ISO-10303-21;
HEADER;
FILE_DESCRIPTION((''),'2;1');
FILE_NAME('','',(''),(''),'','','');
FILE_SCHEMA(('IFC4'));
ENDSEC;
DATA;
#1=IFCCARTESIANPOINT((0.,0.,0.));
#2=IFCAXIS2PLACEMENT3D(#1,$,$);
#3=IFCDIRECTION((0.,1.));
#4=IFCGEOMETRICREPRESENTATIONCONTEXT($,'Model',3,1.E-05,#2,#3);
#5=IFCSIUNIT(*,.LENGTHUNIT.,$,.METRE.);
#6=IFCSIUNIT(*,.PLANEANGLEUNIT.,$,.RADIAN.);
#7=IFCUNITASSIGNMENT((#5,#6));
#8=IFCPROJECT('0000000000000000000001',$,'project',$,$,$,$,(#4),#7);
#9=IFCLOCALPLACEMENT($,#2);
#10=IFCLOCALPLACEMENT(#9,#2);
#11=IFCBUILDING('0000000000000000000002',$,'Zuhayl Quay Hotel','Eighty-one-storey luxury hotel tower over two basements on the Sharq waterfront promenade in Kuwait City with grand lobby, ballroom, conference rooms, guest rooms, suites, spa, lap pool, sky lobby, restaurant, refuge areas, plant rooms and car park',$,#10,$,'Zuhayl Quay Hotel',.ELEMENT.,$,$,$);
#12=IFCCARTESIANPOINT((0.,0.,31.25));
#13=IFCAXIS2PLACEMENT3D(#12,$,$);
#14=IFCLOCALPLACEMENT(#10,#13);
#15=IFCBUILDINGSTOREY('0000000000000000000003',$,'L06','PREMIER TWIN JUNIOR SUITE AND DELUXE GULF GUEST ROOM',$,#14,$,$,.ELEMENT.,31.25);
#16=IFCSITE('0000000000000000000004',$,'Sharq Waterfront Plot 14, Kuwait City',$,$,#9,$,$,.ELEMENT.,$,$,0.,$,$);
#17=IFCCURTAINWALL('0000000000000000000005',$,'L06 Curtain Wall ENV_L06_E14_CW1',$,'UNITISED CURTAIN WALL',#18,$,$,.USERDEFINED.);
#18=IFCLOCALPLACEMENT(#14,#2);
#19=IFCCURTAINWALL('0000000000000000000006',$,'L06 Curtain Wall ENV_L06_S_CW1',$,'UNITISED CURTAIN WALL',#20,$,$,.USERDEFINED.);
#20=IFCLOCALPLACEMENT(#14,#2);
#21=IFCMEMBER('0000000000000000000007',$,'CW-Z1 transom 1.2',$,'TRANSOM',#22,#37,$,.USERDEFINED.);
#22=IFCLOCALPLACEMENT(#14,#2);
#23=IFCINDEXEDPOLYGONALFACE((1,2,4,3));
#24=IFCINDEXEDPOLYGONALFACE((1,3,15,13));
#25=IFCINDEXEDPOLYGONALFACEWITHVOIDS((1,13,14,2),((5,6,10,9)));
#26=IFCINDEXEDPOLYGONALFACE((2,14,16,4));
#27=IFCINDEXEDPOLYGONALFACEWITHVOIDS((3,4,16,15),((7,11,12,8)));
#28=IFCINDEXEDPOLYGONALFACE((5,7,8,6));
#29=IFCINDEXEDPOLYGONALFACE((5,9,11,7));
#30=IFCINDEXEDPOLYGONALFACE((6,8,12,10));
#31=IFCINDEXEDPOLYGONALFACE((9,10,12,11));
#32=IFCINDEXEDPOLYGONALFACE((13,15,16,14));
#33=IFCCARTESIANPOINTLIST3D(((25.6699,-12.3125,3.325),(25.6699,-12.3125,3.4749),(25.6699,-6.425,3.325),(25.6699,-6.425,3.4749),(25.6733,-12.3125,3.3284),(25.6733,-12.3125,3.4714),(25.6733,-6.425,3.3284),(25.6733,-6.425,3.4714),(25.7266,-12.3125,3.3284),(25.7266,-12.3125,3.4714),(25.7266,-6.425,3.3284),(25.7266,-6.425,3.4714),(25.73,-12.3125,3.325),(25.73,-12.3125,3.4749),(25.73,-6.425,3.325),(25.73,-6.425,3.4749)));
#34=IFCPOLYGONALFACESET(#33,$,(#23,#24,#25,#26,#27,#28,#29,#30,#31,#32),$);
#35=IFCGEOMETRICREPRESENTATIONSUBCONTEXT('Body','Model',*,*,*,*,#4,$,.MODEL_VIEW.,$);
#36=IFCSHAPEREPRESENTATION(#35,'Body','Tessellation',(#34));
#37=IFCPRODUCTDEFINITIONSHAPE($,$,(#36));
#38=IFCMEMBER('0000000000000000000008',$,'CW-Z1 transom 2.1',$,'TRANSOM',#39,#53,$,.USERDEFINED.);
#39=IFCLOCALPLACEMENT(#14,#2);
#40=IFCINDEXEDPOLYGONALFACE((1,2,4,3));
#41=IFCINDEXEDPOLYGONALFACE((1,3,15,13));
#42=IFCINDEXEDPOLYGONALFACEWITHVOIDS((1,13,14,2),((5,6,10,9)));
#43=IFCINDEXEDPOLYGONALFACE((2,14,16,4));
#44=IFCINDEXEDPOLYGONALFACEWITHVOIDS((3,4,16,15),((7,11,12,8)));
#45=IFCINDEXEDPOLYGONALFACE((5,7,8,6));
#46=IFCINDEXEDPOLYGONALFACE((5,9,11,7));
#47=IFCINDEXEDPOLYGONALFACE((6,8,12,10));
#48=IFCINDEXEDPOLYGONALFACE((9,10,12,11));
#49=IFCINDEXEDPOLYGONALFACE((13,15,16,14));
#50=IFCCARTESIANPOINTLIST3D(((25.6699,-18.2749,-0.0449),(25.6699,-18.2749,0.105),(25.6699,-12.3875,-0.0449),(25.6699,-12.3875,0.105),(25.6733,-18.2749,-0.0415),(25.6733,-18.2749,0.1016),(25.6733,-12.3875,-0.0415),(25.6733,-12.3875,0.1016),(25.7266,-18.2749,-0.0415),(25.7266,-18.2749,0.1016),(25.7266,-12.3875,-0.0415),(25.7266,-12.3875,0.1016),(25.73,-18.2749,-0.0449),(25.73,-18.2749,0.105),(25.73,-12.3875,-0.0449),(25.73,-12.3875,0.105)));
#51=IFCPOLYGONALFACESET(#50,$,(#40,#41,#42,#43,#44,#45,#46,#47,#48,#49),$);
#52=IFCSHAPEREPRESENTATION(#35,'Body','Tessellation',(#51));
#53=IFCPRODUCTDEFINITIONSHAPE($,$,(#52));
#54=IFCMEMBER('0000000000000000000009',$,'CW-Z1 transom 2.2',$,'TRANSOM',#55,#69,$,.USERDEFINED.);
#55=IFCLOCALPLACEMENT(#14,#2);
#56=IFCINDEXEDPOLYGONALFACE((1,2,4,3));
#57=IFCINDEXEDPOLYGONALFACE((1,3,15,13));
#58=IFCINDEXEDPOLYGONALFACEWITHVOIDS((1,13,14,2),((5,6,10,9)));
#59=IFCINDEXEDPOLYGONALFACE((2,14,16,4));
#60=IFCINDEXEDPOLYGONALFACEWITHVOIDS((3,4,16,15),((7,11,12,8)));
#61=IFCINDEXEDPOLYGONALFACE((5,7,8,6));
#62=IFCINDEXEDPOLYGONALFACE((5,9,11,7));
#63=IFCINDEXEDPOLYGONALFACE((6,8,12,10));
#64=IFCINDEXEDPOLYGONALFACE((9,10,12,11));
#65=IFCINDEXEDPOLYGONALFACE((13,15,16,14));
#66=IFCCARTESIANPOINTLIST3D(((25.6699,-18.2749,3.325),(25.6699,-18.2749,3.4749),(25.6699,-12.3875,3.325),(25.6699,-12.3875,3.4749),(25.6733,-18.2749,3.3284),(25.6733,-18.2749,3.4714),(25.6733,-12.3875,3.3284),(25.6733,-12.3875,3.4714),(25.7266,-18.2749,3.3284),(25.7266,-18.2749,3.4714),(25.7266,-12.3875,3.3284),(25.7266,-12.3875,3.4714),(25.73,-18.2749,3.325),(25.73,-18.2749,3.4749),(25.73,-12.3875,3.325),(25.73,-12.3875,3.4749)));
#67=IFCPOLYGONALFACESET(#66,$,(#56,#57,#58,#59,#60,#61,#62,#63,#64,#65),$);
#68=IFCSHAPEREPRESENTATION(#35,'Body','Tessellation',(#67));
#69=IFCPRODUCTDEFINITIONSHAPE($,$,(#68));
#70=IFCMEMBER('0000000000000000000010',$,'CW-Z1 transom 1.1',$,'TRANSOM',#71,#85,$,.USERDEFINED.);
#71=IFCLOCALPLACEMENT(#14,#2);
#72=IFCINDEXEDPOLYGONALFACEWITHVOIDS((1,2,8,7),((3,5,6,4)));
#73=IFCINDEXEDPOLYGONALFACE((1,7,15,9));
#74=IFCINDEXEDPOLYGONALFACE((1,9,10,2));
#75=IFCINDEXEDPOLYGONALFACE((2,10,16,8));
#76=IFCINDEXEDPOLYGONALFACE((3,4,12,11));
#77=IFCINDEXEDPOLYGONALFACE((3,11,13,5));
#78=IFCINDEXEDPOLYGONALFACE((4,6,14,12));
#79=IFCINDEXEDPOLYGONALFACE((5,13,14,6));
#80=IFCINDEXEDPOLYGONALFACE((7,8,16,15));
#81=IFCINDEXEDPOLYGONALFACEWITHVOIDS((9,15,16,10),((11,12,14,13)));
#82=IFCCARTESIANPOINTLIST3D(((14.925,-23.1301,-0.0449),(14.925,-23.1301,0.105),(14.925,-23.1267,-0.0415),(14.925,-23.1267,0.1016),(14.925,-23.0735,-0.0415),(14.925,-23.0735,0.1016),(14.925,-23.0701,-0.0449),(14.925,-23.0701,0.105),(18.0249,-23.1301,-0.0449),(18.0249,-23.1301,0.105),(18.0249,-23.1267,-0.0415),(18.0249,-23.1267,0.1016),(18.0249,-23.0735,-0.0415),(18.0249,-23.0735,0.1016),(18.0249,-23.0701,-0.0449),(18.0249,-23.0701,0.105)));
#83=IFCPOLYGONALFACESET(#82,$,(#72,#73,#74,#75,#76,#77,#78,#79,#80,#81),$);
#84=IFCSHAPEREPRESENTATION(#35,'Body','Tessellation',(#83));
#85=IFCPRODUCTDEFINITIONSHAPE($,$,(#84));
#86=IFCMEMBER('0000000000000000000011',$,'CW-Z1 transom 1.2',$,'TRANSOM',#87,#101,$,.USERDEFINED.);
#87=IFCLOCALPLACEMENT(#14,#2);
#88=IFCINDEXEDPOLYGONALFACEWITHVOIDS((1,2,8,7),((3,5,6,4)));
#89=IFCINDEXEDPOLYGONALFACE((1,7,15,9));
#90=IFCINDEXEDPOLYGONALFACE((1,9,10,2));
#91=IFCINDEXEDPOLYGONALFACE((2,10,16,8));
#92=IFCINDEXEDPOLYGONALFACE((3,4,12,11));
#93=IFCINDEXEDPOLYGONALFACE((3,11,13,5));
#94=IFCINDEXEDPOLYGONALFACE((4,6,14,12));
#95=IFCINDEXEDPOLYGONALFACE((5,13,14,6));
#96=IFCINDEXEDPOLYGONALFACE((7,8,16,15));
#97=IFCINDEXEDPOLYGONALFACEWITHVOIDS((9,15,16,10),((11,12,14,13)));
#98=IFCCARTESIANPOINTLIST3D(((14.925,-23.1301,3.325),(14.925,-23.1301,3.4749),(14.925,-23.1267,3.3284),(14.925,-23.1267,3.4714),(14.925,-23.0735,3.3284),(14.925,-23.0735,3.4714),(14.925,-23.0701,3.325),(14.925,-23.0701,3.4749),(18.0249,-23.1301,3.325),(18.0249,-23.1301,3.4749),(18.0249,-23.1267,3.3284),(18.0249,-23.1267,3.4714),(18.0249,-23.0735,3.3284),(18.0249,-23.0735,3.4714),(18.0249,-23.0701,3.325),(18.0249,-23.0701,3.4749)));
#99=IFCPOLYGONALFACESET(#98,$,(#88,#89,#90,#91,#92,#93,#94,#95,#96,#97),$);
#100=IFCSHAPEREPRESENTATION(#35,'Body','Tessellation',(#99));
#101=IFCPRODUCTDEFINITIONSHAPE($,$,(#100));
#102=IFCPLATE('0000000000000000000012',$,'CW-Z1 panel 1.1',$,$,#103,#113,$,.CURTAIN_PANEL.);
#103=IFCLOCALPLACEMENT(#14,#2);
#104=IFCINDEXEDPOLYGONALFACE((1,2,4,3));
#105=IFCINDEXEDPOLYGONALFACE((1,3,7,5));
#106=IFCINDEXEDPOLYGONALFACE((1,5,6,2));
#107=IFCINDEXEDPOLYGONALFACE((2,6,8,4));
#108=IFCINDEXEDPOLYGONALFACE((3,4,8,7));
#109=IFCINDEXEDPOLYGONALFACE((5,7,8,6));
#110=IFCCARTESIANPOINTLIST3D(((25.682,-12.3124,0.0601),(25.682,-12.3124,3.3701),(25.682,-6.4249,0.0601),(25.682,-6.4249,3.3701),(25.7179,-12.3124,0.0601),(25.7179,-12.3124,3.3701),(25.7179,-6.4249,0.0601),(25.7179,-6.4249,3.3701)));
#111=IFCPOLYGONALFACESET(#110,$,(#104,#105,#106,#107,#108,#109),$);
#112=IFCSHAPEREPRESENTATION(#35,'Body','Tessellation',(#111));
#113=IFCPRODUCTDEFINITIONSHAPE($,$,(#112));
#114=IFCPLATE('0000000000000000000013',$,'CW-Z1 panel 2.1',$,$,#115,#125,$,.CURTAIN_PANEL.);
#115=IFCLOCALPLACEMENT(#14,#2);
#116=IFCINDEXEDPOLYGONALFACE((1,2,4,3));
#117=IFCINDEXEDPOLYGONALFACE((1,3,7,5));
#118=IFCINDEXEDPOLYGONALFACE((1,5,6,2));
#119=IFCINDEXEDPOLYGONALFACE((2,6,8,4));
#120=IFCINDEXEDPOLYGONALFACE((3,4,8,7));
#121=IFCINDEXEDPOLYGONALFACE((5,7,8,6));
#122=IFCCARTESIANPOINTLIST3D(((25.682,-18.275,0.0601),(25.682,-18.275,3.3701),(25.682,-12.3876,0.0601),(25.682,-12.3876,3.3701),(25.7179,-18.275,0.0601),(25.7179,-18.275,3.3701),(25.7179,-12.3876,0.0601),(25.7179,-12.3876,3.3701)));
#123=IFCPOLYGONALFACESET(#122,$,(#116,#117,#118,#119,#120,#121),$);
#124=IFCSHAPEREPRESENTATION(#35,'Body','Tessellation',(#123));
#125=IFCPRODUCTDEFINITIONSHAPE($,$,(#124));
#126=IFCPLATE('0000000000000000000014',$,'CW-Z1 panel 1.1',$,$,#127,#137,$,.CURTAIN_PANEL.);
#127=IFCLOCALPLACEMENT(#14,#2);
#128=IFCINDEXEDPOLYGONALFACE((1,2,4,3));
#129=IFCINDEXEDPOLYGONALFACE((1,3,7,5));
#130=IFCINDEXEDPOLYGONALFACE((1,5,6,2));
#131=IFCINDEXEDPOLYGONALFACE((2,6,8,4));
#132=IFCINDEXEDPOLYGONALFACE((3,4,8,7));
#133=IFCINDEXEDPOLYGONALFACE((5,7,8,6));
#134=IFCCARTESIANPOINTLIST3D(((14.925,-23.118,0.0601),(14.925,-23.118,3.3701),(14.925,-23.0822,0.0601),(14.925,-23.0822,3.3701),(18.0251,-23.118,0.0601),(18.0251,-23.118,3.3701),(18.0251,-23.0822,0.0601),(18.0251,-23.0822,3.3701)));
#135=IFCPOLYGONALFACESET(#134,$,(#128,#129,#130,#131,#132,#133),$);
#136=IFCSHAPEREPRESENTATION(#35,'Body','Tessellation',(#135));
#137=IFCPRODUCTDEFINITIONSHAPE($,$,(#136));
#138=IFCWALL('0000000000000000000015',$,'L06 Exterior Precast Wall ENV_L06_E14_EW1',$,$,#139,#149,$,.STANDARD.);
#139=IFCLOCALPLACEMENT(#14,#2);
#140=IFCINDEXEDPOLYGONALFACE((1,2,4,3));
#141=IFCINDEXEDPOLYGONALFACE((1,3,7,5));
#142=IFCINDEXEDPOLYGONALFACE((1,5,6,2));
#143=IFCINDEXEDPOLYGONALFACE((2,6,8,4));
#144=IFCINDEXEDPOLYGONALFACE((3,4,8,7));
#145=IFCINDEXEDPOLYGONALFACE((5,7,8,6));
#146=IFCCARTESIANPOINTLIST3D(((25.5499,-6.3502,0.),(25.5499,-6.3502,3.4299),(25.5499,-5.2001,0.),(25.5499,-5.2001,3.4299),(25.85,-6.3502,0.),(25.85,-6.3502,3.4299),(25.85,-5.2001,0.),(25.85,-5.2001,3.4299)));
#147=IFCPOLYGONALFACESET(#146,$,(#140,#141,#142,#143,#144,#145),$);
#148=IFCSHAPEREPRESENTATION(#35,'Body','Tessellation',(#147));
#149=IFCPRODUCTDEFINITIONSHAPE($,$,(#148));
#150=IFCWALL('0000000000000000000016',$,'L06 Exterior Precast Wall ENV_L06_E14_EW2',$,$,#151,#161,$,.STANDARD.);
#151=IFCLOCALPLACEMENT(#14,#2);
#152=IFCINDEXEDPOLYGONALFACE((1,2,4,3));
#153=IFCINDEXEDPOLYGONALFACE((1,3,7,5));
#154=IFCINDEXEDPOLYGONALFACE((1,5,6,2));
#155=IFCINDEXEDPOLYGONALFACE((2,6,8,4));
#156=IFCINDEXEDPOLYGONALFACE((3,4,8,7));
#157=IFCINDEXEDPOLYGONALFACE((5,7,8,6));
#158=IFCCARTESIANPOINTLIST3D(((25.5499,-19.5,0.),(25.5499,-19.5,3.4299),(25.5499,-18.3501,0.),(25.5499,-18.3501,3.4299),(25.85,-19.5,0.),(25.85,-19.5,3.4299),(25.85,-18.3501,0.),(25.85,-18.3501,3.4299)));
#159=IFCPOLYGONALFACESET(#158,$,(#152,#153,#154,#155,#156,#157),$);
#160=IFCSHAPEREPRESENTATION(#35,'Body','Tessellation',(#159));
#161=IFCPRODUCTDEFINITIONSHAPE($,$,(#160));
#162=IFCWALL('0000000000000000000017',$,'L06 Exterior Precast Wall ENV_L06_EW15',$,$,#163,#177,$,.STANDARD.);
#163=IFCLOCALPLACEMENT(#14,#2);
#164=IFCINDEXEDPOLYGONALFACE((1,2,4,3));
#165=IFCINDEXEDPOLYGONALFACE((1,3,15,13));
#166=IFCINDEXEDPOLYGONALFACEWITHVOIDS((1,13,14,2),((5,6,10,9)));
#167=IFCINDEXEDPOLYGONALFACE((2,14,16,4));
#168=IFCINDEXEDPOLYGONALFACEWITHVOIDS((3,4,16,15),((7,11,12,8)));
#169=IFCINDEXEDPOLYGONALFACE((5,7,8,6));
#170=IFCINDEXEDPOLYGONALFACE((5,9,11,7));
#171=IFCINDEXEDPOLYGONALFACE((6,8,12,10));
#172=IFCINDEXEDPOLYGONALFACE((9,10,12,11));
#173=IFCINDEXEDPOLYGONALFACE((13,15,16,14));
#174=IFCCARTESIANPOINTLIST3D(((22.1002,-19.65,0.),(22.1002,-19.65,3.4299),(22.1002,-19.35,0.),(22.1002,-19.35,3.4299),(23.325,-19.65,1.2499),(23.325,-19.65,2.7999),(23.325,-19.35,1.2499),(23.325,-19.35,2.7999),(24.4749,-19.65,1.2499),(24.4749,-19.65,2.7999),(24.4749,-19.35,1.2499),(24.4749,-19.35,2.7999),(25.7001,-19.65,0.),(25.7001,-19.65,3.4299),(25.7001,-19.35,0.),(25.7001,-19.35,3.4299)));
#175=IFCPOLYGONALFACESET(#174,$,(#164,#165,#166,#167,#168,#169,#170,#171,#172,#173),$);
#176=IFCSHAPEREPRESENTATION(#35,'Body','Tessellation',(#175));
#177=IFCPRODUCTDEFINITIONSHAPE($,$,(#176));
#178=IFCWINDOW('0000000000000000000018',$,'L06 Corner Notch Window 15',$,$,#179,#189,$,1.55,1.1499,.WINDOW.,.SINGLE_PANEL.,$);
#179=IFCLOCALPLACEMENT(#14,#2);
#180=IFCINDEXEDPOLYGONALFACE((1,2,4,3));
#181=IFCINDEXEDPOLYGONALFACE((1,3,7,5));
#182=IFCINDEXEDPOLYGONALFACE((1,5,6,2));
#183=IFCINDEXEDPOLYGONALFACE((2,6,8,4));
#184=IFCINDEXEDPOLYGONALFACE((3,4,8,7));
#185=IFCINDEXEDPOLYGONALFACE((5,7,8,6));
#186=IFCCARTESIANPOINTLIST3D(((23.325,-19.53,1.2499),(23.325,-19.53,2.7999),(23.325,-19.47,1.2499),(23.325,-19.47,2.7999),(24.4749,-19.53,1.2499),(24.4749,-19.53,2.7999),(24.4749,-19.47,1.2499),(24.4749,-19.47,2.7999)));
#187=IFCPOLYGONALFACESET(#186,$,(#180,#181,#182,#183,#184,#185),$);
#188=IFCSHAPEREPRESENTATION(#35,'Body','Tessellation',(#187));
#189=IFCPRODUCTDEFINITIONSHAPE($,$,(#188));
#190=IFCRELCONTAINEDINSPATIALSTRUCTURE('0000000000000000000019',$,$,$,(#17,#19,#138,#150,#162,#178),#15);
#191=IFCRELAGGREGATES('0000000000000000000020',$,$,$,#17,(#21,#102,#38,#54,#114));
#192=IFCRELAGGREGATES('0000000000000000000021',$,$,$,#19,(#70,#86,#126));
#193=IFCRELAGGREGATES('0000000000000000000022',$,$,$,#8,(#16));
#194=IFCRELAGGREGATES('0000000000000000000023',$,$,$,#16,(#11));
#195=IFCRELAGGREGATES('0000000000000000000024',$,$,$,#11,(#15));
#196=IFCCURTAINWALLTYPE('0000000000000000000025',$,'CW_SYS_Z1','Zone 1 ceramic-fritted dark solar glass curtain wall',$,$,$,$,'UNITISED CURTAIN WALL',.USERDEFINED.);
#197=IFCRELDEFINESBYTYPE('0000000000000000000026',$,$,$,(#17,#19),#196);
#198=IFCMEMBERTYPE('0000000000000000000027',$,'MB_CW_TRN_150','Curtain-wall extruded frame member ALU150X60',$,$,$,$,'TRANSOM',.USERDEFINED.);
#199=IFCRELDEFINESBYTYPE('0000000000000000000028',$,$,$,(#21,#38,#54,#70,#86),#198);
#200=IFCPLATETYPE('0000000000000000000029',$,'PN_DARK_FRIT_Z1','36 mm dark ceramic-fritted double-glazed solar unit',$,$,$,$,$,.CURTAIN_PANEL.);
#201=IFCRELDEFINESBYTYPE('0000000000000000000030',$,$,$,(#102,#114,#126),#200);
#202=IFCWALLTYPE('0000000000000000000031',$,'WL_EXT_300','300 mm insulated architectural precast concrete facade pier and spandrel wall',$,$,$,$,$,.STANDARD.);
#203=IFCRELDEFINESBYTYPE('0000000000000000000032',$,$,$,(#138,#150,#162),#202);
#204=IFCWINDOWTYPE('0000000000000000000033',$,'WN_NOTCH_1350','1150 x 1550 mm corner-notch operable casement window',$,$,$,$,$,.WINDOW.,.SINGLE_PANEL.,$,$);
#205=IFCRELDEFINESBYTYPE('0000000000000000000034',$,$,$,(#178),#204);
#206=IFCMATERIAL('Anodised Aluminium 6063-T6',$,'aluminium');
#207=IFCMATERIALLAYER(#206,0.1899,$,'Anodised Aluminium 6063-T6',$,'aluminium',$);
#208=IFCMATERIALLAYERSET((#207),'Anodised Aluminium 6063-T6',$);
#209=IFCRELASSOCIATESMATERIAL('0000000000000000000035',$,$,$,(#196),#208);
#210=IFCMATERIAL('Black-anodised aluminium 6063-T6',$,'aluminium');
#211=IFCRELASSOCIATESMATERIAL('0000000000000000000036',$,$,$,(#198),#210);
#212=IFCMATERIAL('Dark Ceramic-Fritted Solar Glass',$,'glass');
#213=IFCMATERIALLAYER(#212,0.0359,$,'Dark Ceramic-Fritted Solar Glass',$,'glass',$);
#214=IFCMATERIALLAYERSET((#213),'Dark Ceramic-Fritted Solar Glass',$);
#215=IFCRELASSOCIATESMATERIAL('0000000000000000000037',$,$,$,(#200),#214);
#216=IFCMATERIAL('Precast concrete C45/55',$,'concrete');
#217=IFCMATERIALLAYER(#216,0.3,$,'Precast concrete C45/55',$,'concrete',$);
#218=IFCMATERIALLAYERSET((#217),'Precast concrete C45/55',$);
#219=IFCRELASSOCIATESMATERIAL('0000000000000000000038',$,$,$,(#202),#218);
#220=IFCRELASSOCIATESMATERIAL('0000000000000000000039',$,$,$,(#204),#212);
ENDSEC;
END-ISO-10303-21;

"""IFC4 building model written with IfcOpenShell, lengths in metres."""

from ifc_helpers import new_model, si_unit, direction, frame, frame_2d, origin, origin_2d, place, context, subcontext, project, spatial, rectangle, hollow_rectangle, extrude, material, layer, layer_set, material_profile, profile_set, type_object, element, fill, aggregate, save


model = new_model("IFC4")

# Units and contexts
model_context = context("Model", 3, precision=1e-05, world=origin(), true_north=direction((0.0, 1.0)))
body_context = subcontext(model_context, "Body", "Model", "MODEL_VIEW")
ifc_project = project(units=[si_unit("LENGTHUNIT", "METRE"), si_unit("PLANEANGLEUNIT", "RADIAN")], contexts=[model_context])

# Site, building, storey
site_placement = place(None, origin())
site = spatial("IfcSite", under=ifc_project, at=site_placement, Name="Sharq Waterfront Plot 14, Kuwait City", CompositionType="ELEMENT", RefElevation=0.0)
building_placement = place(site_placement, origin())
building = spatial("IfcBuilding", under=site, at=building_placement, Name="Zuhayl Quay Hotel", Description="Eighty-one-storey luxury hotel tower over two basements on the Sharq waterfront promenade in Kuwait City with grand lobby, ballroom, conference rooms, guest rooms, suites, spa, lap pool, sky lobby, restaurant, refuge areas, plant rooms and car park", LongName="Zuhayl Quay Hotel", CompositionType="ELEMENT")
storey_placement = place(building_placement, frame((0.0, 0.0, 31.25)))
storey = spatial("IfcBuildingStorey", under=building, at=storey_placement, Name="L06", Description="PREMIER TWIN JUNIOR SUITE AND DELUXE GULF GUEST ROOM", CompositionType="ELEMENT", Elevation=31.25)

# Curtain walls
ifc_material_1 = material(Name="Anodised Aluminium 6063-T6", Category="aluminium")
ifc_layer_1 = layer(ifc_material_1, 0.1899, Name="Anodised Aluminium 6063-T6", Category="aluminium")
ifc_layer_set_1 = layer_set([ifc_layer_1], Name="Anodised Aluminium 6063-T6")
curtain_wall_type = type_object("IfcCurtainWallType", Name="CW_SYS_Z1", Description="Zone 1 ceramic-fritted dark solar glass curtain wall", ElementType="UNITISED CURTAIN WALL", PredefinedType="USERDEFINED", material=ifc_layer_set_1)
curtain_wall_1_placement = place(storey_placement, origin())
curtain_wall_1 = element("IfcCurtainWall", 1, at=curtain_wall_1_placement, inside=storey, type_object=curtain_wall_type, Name="L06 Curtain Wall ENV_L06_E14_CW1", ObjectType="UNITISED CURTAIN WALL", PredefinedType="USERDEFINED")
ifc_material_2 = material(Name="Black-anodised aluminium 6063-T6", Category="aluminium")
curtain_wall_2_placement = place(storey_placement, origin())
curtain_wall_2 = element("IfcCurtainWall", 2, at=curtain_wall_2_placement, inside=storey, type_object=curtain_wall_type, Name="L06 Curtain Wall ENV_L06_S_CW1", ObjectType="UNITISED CURTAIN WALL", PredefinedType="USERDEFINED")

# Members
ifc_material_profile_1 = material_profile(ifc_material_2, hollow_rectangle(XDim=0.0601, YDim=0.1499, WallThickness=0.0034, at=origin_2d()), Name="ALU150X60")
ifc_profile_set_1 = profile_set([ifc_material_profile_1], Name="Black-anodised aluminium 6063-T6")
member_type_1 = type_object("IfcMemberType", Name="MB_CW_TRN_150", Description="Curtain-wall extruded frame member ALU150X60", ElementType="TRANSOM", PredefinedType="USERDEFINED", material=ifc_profile_set_1)
member_1_placement = place(storey_placement, frame((25.7, -6.425, 3.3999), z_axis=(0.0, -1.0, 0.0), x_axis=(1.0, 0.0, 0.0)))
member_1 = element("IfcMember", 3, at=member_1_placement, type_object=member_type_1, Name="CW-Z1 transom 1.2", ObjectType="TRANSOM", PredefinedType="USERDEFINED", context=body_context, shape_type="SweptSolid", body=[
    extrude(hollow_rectangle(XDim=0.0601, YDim=0.1499, WallThickness=0.0034, at=origin_2d()), origin(), (0.0, 0.0, 1.0), 5.8875),
])
member_2_placement = place(storey_placement, frame((25.7, -12.3875, 0.03), z_axis=(0.0, -1.0, 0.0), x_axis=(1.0, 0.0, 0.0)))
member_2 = element("IfcMember", 4, at=member_2_placement, type_object=member_type_1, Name="CW-Z1 transom 2.1", ObjectType="TRANSOM", PredefinedType="USERDEFINED", context=body_context, shape_type="SweptSolid", body=[
    extrude(hollow_rectangle(XDim=0.0601, YDim=0.1499, WallThickness=0.0034, at=origin_2d()), origin(), (0.0, 0.0, 1.0), 5.8875),
])
member_3_placement = place(storey_placement, frame((25.7, -12.3875, 3.3999), z_axis=(0.0, -1.0, 0.0), x_axis=(1.0, 0.0, 0.0)))
member_3 = element("IfcMember", 5, at=member_3_placement, type_object=member_type_1, Name="CW-Z1 transom 2.2", ObjectType="TRANSOM", PredefinedType="USERDEFINED", context=body_context, shape_type="SweptSolid", body=[
    extrude(hollow_rectangle(XDim=0.0601, YDim=0.1499, WallThickness=0.0034, at=origin_2d()), origin(), (0.0, 0.0, 1.0), 5.8875),
])
member_4_placement = place(storey_placement, frame((18.0249, -23.1001, 0.03), z_axis=(-1.0, 0.0, 0.0), x_axis=(0.0, -1.0, 0.0)))
member_4 = element("IfcMember", 6, at=member_4_placement, type_object=member_type_1, Name="CW-Z1 transom 1.1", ObjectType="TRANSOM", PredefinedType="USERDEFINED", context=body_context, shape_type="SweptSolid", body=[
    extrude(hollow_rectangle(XDim=0.0601, YDim=0.1499, WallThickness=0.0034, at=origin_2d()), origin(), (0.0, 0.0, 1.0), 3.0999),
])
member_5_placement = place(storey_placement, frame((18.0249, -23.1001, 3.3999), z_axis=(-1.0, 0.0, 0.0), x_axis=(0.0, -1.0, 0.0)))
member_5 = element("IfcMember", 7, at=member_5_placement, type_object=member_type_1, Name="CW-Z1 transom 1.2", ObjectType="TRANSOM", PredefinedType="USERDEFINED", context=body_context, shape_type="SweptSolid", body=[
    extrude(hollow_rectangle(XDim=0.0601, YDim=0.1499, WallThickness=0.0034, at=origin_2d()), origin(), (0.0, 0.0, 1.0), 3.0999),
])

# Plates
ifc_material_3 = material(Name="Dark Ceramic-Fritted Solar Glass", Category="glass")
ifc_layer_2 = layer(ifc_material_3, 0.0359, Name="Dark Ceramic-Fritted Solar Glass", Category="glass")
ifc_layer_set_2 = layer_set([ifc_layer_2], Name="Dark Ceramic-Fritted Solar Glass")
plate_type = type_object("IfcPlateType", Name="PN_DARK_FRIT_Z1", Description="36 mm dark ceramic-fritted double-glazed solar unit", PredefinedType="CURTAIN_PANEL", material=ifc_layer_set_2)
plate_1_placement = place(storey_placement, frame((25.7, -9.3687, 0.0601), z_axis=(0.0, 0.0, 1.0), x_axis=(0.0, -1.0, 0.0)))
plate_1 = element("IfcPlate", 8, at=plate_1_placement, type_object=plate_type, Name="CW-Z1 panel 1.1", PredefinedType="CURTAIN_PANEL", context=body_context, shape_type="SweptSolid", body=[
    extrude(rectangle(XDim=5.8875, YDim=0.0359, at=origin_2d()), origin(), (0.0, 0.0, 1.0), 3.3101),
])
plate_2_placement = place(storey_placement, frame((25.7, -15.3313, 0.0601), z_axis=(0.0, 0.0, 1.0), x_axis=(0.0, -1.0, 0.0)))
plate_2 = element("IfcPlate", 9, at=plate_2_placement, type_object=plate_type, Name="CW-Z1 panel 2.1", PredefinedType="CURTAIN_PANEL", context=body_context, shape_type="SweptSolid", body=[
    extrude(rectangle(XDim=5.8875, YDim=0.0359, at=origin_2d()), origin(), (0.0, 0.0, 1.0), 3.3101),
])
aggregate(curtain_wall_1, [member_1, plate_1, member_2, member_3, plate_2])
plate_3_placement = place(storey_placement, frame((16.4751, -23.1001, 0.0601), z_axis=(0.0, 0.0, 1.0), x_axis=(-1.0, 0.0, 0.0)))
plate_3 = element("IfcPlate", 10, at=plate_3_placement, type_object=plate_type, Name="CW-Z1 panel 1.1", PredefinedType="CURTAIN_PANEL", context=body_context, shape_type="SweptSolid", body=[
    extrude(rectangle(XDim=3.1001, YDim=0.0359, at=origin_2d()), origin(), (0.0, 0.0, 1.0), 3.3101),
])
aggregate(curtain_wall_2, [member_4, member_5, plate_3])

# Walls
ifc_material_4 = material(Name="Precast concrete C45/55", Category="concrete")
ifc_layer_3 = layer(ifc_material_4, 0.3, Name="Precast concrete C45/55", Category="concrete")
ifc_layer_set_3 = layer_set([ifc_layer_3], Name="Precast concrete C45/55")
wall_type_1 = type_object("IfcWallType", Name="WL_EXT_300", Description="300 mm insulated architectural precast concrete facade pier and spandrel wall", PredefinedType="STANDARD", material=ifc_layer_set_3)
wall_1_placement = place(storey_placement, frame((25.7, -5.2, 0.0), z_axis=(0.0, 0.0, 1.0), x_axis=(0.0, -1.0, 0.0)))
element("IfcWall", 11, at=wall_1_placement, inside=storey, type_object=wall_type_1, Name="L06 Exterior Precast Wall ENV_L06_E14_EW1", PredefinedType="STANDARD", context=body_context, shape_type="SweptSolid", body=[
    extrude(rectangle(XDim=1.1501, YDim=0.3, at=frame_2d((0.5752, 0.0))), origin(), (0.0, 0.0, 1.0), 3.4299),
])
wall_2_placement = place(storey_placement, frame((25.7, -18.3501, 0.0), z_axis=(0.0, 0.0, 1.0), x_axis=(0.0, -1.0, 0.0)))
element("IfcWall", 12, at=wall_2_placement, inside=storey, type_object=wall_type_1, Name="L06 Exterior Precast Wall ENV_L06_E14_EW2", PredefinedType="STANDARD", context=body_context, shape_type="SweptSolid", body=[
    extrude(rectangle(XDim=1.1499, YDim=0.3, at=frame_2d((0.575, 0.0))), origin(), (0.0, 0.0, 1.0), 3.4299),
])

# Wall, opening, window
wall_3_placement = place(storey_placement, frame((25.7, -19.5, 0.0), z_axis=(0.0, 0.0, 1.0), x_axis=(-1.0, 0.0, 0.0)))
wall_3 = element("IfcWall", 13, at=wall_3_placement, inside=storey, type_object=wall_type_1, Name="L06 Exterior Precast Wall ENV_L06_EW15", PredefinedType="STANDARD", context=body_context, shape_type="SweptSolid", body=[
    extrude(rectangle(XDim=3.5999, YDim=0.3, at=frame_2d((1.7998, 0.0))), origin(), (0.0, 0.0, 1.0), 3.4299),
])
opening_1_placement = place(wall_3_placement, frame((1.2251, 0.0, 1.25)))
opening_1 = element("IfcOpeningElement", 14, at=opening_1_placement, cuts=wall_3, PredefinedType="OPENING", context=body_context, shape_type="SweptSolid", body=[
    extrude(rectangle(XDim=1.1499, YDim=1.55, at=frame_2d((0.575, 0.7749))), frame((0.0, 0.1599, 0.0), z_axis=(0.0, -1.0, 0.0), x_axis=(1.0, 0.0, 0.0)), (0.0, 0.0, 1.0), 0.3201),
])
window_type = type_object("IfcWindowType", Name="WN_NOTCH_1350", Description="1150 x 1550 mm corner-notch operable casement window", PartitioningType="SINGLE_PANEL", PredefinedType="WINDOW", material=ifc_material_3)
window_1_placement = place(opening_1_placement, origin())
window_1 = element("IfcWindow", 15, at=window_1_placement, inside=storey, type_object=window_type, Name="L06 Corner Notch Window 15", OverallHeight=1.55, OverallWidth=1.1499, PartitioningType="SINGLE_PANEL", PredefinedType="WINDOW", context=body_context, shape_type="SweptSolid", body=[
    extrude(rectangle(XDim=1.1499, YDim=1.55, at=frame_2d((0.575, 0.7749))), frame((0.0, 0.03, 0.0), z_axis=(0.0, -1.0, 0.0), x_axis=(1.0, 0.0, 0.0)), (0.0, 0.0, 1.0), 0.0601),
])
fill(opening_1, window_1)

save(model, "model.ifc")
